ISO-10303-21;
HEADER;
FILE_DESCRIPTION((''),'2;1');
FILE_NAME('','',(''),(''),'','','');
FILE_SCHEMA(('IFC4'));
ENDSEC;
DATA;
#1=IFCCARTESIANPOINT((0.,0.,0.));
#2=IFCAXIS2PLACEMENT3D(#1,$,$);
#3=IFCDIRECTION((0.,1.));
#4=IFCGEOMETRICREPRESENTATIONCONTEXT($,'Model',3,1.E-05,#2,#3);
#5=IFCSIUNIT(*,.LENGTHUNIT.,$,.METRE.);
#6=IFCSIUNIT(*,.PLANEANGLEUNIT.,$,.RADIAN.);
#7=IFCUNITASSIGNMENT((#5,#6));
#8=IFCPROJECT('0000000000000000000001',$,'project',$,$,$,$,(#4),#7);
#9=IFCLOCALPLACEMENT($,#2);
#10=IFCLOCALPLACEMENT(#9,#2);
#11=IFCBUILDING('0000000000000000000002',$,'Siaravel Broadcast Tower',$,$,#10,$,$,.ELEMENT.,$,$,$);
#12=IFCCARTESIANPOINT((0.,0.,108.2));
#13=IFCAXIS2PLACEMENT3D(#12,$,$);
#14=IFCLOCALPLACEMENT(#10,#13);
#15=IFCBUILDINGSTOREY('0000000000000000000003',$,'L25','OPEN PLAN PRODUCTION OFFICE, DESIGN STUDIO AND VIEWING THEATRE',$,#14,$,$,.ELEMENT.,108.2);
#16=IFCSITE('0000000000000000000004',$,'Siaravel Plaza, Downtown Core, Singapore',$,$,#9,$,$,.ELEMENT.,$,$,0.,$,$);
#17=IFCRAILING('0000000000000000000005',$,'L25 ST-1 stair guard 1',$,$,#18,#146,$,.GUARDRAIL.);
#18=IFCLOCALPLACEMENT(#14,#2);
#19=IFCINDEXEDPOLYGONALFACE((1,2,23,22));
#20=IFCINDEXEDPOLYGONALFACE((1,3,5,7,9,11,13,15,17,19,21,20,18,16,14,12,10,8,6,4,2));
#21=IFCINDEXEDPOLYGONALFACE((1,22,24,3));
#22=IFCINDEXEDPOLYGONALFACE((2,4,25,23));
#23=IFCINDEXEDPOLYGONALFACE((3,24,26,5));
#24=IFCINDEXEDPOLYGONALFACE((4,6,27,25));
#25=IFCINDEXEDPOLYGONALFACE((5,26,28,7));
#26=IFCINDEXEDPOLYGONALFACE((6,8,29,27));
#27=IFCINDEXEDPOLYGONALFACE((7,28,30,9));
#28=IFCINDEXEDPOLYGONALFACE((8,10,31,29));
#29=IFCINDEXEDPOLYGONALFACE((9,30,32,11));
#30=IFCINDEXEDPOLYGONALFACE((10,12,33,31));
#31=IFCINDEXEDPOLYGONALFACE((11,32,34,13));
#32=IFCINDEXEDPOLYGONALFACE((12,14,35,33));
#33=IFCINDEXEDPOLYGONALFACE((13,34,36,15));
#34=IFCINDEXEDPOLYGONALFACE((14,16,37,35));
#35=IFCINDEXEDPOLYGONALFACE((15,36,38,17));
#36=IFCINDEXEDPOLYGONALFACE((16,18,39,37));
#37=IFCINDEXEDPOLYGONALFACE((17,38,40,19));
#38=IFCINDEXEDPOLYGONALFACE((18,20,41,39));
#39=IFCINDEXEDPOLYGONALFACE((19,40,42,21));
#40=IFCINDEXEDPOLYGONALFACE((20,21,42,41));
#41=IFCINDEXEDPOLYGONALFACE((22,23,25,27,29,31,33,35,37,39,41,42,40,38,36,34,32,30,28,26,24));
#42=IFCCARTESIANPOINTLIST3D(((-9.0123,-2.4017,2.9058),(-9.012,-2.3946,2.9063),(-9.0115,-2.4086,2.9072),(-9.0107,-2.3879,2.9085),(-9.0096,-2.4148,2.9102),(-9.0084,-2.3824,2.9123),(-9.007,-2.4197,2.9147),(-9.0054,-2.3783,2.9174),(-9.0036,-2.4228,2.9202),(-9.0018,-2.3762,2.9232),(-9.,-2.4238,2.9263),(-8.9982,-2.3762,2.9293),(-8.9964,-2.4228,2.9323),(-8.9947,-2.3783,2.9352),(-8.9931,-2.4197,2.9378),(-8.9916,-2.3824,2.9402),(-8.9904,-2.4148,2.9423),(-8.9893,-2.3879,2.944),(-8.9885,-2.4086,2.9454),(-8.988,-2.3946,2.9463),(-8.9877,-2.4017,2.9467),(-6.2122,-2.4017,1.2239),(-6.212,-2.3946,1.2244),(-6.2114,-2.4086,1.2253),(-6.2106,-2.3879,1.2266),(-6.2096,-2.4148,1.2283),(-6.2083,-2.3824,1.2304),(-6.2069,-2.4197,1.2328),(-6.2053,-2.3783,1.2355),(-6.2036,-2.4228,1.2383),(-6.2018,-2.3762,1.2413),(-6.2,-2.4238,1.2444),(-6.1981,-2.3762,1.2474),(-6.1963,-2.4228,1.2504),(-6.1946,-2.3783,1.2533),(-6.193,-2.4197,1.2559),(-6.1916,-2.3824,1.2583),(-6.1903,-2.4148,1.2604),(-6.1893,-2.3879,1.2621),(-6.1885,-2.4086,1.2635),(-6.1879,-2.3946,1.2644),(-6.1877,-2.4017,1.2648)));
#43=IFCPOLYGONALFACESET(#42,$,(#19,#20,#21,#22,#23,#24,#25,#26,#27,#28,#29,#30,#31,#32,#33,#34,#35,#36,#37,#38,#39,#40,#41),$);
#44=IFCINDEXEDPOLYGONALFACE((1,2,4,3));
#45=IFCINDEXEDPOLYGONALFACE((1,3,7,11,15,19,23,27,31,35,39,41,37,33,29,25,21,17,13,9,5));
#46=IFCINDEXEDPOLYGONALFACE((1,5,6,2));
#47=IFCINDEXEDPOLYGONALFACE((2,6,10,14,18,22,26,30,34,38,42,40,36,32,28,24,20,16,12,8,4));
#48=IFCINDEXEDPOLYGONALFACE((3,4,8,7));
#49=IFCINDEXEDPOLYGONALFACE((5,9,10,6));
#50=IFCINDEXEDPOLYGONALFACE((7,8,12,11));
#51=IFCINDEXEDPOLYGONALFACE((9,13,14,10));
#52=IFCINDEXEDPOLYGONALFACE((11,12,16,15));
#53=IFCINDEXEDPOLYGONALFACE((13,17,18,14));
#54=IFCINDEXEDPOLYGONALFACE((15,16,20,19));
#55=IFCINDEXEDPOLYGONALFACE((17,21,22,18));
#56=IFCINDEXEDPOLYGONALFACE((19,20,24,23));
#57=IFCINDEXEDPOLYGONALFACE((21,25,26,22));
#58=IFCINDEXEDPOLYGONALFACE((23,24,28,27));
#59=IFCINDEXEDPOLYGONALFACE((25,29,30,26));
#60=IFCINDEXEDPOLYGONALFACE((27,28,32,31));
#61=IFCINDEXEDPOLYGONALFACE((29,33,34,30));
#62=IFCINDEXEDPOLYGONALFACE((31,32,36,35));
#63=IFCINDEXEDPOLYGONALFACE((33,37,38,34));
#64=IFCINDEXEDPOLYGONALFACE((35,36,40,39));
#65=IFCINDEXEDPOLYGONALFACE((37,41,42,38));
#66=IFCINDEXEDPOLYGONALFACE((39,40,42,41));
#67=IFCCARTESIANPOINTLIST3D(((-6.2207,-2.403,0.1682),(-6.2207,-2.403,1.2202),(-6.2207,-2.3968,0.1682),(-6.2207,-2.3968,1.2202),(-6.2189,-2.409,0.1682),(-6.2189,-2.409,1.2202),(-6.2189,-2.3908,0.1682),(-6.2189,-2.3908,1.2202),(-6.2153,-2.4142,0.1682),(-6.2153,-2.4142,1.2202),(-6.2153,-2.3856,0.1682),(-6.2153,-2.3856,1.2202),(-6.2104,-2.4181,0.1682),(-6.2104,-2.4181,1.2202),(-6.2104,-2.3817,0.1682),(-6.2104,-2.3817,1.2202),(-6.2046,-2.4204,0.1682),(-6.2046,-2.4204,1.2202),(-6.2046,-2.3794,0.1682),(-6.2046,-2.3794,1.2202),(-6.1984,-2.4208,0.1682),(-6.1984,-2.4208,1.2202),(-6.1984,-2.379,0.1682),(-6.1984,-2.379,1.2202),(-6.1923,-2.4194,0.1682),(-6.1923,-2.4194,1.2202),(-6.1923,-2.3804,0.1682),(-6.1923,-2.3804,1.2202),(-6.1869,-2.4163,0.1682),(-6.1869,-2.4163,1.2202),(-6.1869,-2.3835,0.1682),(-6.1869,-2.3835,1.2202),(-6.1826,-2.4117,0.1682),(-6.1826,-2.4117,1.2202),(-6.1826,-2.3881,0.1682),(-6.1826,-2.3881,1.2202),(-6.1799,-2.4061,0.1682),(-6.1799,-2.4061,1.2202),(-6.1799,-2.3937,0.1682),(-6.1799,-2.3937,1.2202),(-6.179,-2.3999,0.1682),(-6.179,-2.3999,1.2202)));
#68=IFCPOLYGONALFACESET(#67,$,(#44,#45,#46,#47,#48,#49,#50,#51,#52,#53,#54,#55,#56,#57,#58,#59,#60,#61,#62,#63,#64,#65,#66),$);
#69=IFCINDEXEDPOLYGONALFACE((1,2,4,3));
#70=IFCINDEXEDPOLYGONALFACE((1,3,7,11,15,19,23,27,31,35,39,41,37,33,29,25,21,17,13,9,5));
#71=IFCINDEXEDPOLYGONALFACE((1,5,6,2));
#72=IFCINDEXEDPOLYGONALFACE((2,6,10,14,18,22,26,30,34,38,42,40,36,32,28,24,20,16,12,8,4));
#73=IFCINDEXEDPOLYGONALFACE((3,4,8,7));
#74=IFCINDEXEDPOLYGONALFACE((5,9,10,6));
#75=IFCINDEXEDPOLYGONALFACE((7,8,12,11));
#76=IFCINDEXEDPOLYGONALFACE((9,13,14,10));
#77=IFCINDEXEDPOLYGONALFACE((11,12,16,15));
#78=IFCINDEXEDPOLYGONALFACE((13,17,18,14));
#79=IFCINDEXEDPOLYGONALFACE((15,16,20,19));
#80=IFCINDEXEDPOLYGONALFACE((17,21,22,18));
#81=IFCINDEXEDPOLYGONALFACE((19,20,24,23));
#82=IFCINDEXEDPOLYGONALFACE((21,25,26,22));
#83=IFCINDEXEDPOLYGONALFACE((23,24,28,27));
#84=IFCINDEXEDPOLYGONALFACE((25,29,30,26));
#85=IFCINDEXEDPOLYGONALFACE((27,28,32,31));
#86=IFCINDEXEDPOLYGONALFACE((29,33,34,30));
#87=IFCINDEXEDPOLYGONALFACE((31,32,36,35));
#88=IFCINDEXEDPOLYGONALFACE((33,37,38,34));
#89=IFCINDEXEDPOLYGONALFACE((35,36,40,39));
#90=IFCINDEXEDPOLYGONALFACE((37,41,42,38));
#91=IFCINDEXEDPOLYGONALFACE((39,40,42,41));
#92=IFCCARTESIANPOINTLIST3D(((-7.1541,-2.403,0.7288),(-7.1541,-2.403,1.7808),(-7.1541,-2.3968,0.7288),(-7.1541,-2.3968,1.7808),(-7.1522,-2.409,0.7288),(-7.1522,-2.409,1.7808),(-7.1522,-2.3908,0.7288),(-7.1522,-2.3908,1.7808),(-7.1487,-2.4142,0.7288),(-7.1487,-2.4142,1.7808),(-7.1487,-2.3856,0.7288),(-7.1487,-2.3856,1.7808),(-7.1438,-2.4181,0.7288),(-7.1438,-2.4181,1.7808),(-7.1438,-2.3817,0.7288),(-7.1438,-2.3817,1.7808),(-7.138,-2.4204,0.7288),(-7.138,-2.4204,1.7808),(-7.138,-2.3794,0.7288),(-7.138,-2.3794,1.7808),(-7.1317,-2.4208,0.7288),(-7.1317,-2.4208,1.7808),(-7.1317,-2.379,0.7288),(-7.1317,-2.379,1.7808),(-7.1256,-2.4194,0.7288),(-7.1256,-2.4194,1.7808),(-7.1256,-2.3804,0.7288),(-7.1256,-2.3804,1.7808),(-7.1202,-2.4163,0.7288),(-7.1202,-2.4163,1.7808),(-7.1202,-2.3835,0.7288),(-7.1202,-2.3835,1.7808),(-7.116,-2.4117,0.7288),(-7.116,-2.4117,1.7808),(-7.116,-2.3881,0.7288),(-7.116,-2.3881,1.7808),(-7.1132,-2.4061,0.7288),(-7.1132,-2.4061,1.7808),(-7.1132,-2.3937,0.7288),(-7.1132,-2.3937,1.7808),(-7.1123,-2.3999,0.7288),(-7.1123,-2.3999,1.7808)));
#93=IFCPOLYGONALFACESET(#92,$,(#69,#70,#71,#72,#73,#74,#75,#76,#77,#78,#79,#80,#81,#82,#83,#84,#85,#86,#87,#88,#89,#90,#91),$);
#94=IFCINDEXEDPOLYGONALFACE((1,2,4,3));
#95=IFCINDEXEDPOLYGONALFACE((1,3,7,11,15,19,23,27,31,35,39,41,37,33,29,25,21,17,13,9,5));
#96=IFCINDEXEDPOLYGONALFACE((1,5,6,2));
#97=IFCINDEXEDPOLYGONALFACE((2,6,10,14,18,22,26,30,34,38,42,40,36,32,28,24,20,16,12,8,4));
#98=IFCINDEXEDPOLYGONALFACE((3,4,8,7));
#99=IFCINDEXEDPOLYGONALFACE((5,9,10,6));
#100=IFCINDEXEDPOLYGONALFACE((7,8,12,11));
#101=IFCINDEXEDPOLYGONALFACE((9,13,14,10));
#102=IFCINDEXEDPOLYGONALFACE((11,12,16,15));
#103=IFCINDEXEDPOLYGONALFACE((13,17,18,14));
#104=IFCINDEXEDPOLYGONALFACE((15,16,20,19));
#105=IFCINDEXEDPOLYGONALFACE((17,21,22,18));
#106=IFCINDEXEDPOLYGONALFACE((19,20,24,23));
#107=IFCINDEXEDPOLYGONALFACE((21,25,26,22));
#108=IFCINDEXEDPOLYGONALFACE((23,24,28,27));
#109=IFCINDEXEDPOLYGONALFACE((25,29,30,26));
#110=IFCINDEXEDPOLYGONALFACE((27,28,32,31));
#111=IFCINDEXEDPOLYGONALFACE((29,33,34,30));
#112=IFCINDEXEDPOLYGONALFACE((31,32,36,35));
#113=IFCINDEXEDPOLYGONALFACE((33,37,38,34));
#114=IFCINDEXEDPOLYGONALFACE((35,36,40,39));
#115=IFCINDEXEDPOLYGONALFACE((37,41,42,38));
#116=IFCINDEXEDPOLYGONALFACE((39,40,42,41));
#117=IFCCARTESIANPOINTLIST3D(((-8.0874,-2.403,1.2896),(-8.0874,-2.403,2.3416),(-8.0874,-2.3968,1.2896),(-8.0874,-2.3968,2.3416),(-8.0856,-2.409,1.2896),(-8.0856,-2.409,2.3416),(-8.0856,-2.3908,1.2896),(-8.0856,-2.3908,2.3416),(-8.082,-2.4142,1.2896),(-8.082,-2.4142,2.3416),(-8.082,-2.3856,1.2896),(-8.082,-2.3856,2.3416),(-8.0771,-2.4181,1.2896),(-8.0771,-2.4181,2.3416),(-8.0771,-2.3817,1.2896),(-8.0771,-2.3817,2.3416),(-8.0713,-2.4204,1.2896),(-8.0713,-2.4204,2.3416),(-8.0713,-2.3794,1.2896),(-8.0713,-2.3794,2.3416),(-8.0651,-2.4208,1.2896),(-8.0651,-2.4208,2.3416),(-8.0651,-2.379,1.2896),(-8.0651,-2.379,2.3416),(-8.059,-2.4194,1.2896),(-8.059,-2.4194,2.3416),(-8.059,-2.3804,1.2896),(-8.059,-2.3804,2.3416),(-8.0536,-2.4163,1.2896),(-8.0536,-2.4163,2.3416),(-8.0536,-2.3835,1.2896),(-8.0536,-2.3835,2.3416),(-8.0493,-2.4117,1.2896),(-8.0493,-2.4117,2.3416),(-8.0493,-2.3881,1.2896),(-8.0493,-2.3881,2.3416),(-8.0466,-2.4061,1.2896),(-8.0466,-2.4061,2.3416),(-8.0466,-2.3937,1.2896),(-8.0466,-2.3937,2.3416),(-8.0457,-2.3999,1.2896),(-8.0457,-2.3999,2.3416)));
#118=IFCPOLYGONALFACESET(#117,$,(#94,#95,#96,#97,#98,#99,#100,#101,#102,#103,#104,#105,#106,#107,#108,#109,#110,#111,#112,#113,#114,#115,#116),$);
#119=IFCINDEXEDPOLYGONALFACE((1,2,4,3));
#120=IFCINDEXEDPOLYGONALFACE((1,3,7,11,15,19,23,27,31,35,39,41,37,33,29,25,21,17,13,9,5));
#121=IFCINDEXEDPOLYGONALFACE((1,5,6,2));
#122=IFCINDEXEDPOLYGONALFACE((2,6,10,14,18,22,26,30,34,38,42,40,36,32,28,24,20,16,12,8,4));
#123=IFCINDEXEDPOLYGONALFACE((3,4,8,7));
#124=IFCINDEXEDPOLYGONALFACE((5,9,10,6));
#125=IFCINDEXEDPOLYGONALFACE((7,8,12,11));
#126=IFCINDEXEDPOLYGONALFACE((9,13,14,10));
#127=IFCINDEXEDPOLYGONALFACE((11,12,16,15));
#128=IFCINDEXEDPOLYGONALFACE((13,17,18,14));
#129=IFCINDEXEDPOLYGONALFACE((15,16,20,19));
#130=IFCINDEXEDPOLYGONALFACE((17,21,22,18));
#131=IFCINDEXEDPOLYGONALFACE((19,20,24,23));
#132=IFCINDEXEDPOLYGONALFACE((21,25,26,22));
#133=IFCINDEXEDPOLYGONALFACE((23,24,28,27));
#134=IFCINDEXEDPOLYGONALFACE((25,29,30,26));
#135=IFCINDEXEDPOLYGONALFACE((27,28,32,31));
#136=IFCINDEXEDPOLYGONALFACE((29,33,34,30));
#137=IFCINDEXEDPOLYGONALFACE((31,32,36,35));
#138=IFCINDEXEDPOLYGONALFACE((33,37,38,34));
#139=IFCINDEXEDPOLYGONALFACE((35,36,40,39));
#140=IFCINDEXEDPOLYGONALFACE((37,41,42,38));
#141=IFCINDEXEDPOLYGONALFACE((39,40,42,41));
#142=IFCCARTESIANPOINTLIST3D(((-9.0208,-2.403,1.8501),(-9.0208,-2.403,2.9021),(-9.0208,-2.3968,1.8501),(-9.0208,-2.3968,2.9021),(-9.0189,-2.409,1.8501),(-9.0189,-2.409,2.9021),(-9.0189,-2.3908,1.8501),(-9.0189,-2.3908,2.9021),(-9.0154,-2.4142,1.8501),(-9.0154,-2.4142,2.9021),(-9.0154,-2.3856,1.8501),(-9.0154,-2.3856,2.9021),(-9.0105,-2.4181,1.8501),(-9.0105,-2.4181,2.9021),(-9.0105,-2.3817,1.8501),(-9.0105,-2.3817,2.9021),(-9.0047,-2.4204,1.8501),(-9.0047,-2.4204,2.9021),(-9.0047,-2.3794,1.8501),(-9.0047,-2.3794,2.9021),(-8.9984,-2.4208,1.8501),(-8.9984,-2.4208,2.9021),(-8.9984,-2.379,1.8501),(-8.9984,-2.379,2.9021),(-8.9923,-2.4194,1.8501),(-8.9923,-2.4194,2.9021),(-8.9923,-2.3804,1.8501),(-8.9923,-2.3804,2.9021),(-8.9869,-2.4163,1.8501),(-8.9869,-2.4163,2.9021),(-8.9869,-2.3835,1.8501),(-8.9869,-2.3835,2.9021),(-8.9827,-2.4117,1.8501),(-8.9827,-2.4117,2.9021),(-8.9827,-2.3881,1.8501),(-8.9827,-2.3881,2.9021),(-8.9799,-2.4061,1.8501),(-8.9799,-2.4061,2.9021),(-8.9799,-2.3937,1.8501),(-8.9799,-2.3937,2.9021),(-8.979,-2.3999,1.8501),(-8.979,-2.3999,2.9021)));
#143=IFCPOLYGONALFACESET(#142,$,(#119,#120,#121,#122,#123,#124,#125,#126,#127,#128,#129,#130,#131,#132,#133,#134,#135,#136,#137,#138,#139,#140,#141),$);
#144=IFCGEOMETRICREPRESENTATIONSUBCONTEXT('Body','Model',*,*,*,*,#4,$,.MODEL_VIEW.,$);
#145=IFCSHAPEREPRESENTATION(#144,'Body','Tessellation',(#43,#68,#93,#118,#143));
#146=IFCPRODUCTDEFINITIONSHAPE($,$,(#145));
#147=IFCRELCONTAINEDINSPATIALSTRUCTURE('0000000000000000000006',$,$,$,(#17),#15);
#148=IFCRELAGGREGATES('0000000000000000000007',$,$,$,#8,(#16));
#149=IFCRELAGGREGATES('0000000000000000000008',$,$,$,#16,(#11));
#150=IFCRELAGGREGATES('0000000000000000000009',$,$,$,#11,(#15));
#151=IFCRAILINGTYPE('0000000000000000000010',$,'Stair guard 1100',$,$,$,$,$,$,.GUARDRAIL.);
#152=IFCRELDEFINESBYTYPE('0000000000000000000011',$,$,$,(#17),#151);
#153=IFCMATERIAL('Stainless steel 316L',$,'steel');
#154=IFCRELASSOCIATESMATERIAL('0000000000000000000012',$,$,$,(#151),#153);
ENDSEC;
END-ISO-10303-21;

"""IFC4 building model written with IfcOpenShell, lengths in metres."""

from ifc_helpers import new_model, si_unit, direction, frame, origin, origin_2d, place, context, subcontext, project, spatial, circle, extrude, material, type_object, element, save


model = new_model("IFC4")

# Units and contexts
model_context = context("Model", 3, precision=1e-05, world=origin(), true_north=direction((0.0, 1.0)))
body_context = subcontext(model_context, "Body", "Model", "MODEL_VIEW")
ifc_project = project(units=[si_unit("LENGTHUNIT", "METRE"), si_unit("PLANEANGLEUNIT", "RADIAN")], contexts=[model_context])

# Site, building, storey
site_placement = place(None, origin())
site = spatial("IfcSite", under=ifc_project, at=site_placement, Name="Siaravel Plaza, Downtown Core, Singapore", CompositionType="ELEMENT", RefElevation=0.0)
building_placement = place(site_placement, origin())
building = spatial("IfcBuilding", under=site, at=building_placement, Name="Siaravel Broadcast Tower", CompositionType="ELEMENT")
storey_placement = place(building_placement, frame((0.0, 0.0, 108.2)))
storey = spatial("IfcBuildingStorey", under=building, at=storey_placement, Name="L25", Description="OPEN PLAN PRODUCTION OFFICE, DESIGN STUDIO AND VIEWING THEATRE", CompositionType="ELEMENT", Elevation=108.2)

# Shared definitions
ifc_material_1 = material(Name="Stainless steel 316L", Category="steel")

# Railing
railing_type_1 = type_object("IfcRailingType", Name="Stair guard 1100", PredefinedType="GUARDRAIL", material=ifc_material_1)
railing_1_placement = place(storey_placement, frame((-6.2, -2.3999, 0.1682)))
element("IfcRailing", 1, at=railing_1_placement, inside=storey, type_object=railing_type_1, Name="L25 ST-1 stair guard 1", PredefinedType="GUARDRAIL", context=body_context, shape_type="SweptSolid", body=[
    extrude(circle(Radius=0.0239, at=origin_2d()), frame((0.0, 0.0, 1.0762), z_axis=(-0.857242, 0.0, 0.514913), x_axis=(0.0, -1.0, 0.0)), (0.0, 0.0, 1.0), 3.2664),
    extrude(circle(Radius=0.021, at=origin_2d()), origin(), (0.0, 0.0, 1.0), 1.052),
    extrude(circle(Radius=0.021, at=origin_2d()), frame((-0.9333, 0.0, 0.5605)), (0.0, 0.0, 1.0), 1.052),
    extrude(circle(Radius=0.021, at=origin_2d()), frame((-1.8667, 0.0, 1.1213)), (0.0, 0.0, 1.0), 1.052),
    extrude(circle(Radius=0.021, at=origin_2d()), frame((-2.8, 0.0, 1.6819)), (0.0, 0.0, 1.0), 1.052),
])

save(model, "model.ifc")
